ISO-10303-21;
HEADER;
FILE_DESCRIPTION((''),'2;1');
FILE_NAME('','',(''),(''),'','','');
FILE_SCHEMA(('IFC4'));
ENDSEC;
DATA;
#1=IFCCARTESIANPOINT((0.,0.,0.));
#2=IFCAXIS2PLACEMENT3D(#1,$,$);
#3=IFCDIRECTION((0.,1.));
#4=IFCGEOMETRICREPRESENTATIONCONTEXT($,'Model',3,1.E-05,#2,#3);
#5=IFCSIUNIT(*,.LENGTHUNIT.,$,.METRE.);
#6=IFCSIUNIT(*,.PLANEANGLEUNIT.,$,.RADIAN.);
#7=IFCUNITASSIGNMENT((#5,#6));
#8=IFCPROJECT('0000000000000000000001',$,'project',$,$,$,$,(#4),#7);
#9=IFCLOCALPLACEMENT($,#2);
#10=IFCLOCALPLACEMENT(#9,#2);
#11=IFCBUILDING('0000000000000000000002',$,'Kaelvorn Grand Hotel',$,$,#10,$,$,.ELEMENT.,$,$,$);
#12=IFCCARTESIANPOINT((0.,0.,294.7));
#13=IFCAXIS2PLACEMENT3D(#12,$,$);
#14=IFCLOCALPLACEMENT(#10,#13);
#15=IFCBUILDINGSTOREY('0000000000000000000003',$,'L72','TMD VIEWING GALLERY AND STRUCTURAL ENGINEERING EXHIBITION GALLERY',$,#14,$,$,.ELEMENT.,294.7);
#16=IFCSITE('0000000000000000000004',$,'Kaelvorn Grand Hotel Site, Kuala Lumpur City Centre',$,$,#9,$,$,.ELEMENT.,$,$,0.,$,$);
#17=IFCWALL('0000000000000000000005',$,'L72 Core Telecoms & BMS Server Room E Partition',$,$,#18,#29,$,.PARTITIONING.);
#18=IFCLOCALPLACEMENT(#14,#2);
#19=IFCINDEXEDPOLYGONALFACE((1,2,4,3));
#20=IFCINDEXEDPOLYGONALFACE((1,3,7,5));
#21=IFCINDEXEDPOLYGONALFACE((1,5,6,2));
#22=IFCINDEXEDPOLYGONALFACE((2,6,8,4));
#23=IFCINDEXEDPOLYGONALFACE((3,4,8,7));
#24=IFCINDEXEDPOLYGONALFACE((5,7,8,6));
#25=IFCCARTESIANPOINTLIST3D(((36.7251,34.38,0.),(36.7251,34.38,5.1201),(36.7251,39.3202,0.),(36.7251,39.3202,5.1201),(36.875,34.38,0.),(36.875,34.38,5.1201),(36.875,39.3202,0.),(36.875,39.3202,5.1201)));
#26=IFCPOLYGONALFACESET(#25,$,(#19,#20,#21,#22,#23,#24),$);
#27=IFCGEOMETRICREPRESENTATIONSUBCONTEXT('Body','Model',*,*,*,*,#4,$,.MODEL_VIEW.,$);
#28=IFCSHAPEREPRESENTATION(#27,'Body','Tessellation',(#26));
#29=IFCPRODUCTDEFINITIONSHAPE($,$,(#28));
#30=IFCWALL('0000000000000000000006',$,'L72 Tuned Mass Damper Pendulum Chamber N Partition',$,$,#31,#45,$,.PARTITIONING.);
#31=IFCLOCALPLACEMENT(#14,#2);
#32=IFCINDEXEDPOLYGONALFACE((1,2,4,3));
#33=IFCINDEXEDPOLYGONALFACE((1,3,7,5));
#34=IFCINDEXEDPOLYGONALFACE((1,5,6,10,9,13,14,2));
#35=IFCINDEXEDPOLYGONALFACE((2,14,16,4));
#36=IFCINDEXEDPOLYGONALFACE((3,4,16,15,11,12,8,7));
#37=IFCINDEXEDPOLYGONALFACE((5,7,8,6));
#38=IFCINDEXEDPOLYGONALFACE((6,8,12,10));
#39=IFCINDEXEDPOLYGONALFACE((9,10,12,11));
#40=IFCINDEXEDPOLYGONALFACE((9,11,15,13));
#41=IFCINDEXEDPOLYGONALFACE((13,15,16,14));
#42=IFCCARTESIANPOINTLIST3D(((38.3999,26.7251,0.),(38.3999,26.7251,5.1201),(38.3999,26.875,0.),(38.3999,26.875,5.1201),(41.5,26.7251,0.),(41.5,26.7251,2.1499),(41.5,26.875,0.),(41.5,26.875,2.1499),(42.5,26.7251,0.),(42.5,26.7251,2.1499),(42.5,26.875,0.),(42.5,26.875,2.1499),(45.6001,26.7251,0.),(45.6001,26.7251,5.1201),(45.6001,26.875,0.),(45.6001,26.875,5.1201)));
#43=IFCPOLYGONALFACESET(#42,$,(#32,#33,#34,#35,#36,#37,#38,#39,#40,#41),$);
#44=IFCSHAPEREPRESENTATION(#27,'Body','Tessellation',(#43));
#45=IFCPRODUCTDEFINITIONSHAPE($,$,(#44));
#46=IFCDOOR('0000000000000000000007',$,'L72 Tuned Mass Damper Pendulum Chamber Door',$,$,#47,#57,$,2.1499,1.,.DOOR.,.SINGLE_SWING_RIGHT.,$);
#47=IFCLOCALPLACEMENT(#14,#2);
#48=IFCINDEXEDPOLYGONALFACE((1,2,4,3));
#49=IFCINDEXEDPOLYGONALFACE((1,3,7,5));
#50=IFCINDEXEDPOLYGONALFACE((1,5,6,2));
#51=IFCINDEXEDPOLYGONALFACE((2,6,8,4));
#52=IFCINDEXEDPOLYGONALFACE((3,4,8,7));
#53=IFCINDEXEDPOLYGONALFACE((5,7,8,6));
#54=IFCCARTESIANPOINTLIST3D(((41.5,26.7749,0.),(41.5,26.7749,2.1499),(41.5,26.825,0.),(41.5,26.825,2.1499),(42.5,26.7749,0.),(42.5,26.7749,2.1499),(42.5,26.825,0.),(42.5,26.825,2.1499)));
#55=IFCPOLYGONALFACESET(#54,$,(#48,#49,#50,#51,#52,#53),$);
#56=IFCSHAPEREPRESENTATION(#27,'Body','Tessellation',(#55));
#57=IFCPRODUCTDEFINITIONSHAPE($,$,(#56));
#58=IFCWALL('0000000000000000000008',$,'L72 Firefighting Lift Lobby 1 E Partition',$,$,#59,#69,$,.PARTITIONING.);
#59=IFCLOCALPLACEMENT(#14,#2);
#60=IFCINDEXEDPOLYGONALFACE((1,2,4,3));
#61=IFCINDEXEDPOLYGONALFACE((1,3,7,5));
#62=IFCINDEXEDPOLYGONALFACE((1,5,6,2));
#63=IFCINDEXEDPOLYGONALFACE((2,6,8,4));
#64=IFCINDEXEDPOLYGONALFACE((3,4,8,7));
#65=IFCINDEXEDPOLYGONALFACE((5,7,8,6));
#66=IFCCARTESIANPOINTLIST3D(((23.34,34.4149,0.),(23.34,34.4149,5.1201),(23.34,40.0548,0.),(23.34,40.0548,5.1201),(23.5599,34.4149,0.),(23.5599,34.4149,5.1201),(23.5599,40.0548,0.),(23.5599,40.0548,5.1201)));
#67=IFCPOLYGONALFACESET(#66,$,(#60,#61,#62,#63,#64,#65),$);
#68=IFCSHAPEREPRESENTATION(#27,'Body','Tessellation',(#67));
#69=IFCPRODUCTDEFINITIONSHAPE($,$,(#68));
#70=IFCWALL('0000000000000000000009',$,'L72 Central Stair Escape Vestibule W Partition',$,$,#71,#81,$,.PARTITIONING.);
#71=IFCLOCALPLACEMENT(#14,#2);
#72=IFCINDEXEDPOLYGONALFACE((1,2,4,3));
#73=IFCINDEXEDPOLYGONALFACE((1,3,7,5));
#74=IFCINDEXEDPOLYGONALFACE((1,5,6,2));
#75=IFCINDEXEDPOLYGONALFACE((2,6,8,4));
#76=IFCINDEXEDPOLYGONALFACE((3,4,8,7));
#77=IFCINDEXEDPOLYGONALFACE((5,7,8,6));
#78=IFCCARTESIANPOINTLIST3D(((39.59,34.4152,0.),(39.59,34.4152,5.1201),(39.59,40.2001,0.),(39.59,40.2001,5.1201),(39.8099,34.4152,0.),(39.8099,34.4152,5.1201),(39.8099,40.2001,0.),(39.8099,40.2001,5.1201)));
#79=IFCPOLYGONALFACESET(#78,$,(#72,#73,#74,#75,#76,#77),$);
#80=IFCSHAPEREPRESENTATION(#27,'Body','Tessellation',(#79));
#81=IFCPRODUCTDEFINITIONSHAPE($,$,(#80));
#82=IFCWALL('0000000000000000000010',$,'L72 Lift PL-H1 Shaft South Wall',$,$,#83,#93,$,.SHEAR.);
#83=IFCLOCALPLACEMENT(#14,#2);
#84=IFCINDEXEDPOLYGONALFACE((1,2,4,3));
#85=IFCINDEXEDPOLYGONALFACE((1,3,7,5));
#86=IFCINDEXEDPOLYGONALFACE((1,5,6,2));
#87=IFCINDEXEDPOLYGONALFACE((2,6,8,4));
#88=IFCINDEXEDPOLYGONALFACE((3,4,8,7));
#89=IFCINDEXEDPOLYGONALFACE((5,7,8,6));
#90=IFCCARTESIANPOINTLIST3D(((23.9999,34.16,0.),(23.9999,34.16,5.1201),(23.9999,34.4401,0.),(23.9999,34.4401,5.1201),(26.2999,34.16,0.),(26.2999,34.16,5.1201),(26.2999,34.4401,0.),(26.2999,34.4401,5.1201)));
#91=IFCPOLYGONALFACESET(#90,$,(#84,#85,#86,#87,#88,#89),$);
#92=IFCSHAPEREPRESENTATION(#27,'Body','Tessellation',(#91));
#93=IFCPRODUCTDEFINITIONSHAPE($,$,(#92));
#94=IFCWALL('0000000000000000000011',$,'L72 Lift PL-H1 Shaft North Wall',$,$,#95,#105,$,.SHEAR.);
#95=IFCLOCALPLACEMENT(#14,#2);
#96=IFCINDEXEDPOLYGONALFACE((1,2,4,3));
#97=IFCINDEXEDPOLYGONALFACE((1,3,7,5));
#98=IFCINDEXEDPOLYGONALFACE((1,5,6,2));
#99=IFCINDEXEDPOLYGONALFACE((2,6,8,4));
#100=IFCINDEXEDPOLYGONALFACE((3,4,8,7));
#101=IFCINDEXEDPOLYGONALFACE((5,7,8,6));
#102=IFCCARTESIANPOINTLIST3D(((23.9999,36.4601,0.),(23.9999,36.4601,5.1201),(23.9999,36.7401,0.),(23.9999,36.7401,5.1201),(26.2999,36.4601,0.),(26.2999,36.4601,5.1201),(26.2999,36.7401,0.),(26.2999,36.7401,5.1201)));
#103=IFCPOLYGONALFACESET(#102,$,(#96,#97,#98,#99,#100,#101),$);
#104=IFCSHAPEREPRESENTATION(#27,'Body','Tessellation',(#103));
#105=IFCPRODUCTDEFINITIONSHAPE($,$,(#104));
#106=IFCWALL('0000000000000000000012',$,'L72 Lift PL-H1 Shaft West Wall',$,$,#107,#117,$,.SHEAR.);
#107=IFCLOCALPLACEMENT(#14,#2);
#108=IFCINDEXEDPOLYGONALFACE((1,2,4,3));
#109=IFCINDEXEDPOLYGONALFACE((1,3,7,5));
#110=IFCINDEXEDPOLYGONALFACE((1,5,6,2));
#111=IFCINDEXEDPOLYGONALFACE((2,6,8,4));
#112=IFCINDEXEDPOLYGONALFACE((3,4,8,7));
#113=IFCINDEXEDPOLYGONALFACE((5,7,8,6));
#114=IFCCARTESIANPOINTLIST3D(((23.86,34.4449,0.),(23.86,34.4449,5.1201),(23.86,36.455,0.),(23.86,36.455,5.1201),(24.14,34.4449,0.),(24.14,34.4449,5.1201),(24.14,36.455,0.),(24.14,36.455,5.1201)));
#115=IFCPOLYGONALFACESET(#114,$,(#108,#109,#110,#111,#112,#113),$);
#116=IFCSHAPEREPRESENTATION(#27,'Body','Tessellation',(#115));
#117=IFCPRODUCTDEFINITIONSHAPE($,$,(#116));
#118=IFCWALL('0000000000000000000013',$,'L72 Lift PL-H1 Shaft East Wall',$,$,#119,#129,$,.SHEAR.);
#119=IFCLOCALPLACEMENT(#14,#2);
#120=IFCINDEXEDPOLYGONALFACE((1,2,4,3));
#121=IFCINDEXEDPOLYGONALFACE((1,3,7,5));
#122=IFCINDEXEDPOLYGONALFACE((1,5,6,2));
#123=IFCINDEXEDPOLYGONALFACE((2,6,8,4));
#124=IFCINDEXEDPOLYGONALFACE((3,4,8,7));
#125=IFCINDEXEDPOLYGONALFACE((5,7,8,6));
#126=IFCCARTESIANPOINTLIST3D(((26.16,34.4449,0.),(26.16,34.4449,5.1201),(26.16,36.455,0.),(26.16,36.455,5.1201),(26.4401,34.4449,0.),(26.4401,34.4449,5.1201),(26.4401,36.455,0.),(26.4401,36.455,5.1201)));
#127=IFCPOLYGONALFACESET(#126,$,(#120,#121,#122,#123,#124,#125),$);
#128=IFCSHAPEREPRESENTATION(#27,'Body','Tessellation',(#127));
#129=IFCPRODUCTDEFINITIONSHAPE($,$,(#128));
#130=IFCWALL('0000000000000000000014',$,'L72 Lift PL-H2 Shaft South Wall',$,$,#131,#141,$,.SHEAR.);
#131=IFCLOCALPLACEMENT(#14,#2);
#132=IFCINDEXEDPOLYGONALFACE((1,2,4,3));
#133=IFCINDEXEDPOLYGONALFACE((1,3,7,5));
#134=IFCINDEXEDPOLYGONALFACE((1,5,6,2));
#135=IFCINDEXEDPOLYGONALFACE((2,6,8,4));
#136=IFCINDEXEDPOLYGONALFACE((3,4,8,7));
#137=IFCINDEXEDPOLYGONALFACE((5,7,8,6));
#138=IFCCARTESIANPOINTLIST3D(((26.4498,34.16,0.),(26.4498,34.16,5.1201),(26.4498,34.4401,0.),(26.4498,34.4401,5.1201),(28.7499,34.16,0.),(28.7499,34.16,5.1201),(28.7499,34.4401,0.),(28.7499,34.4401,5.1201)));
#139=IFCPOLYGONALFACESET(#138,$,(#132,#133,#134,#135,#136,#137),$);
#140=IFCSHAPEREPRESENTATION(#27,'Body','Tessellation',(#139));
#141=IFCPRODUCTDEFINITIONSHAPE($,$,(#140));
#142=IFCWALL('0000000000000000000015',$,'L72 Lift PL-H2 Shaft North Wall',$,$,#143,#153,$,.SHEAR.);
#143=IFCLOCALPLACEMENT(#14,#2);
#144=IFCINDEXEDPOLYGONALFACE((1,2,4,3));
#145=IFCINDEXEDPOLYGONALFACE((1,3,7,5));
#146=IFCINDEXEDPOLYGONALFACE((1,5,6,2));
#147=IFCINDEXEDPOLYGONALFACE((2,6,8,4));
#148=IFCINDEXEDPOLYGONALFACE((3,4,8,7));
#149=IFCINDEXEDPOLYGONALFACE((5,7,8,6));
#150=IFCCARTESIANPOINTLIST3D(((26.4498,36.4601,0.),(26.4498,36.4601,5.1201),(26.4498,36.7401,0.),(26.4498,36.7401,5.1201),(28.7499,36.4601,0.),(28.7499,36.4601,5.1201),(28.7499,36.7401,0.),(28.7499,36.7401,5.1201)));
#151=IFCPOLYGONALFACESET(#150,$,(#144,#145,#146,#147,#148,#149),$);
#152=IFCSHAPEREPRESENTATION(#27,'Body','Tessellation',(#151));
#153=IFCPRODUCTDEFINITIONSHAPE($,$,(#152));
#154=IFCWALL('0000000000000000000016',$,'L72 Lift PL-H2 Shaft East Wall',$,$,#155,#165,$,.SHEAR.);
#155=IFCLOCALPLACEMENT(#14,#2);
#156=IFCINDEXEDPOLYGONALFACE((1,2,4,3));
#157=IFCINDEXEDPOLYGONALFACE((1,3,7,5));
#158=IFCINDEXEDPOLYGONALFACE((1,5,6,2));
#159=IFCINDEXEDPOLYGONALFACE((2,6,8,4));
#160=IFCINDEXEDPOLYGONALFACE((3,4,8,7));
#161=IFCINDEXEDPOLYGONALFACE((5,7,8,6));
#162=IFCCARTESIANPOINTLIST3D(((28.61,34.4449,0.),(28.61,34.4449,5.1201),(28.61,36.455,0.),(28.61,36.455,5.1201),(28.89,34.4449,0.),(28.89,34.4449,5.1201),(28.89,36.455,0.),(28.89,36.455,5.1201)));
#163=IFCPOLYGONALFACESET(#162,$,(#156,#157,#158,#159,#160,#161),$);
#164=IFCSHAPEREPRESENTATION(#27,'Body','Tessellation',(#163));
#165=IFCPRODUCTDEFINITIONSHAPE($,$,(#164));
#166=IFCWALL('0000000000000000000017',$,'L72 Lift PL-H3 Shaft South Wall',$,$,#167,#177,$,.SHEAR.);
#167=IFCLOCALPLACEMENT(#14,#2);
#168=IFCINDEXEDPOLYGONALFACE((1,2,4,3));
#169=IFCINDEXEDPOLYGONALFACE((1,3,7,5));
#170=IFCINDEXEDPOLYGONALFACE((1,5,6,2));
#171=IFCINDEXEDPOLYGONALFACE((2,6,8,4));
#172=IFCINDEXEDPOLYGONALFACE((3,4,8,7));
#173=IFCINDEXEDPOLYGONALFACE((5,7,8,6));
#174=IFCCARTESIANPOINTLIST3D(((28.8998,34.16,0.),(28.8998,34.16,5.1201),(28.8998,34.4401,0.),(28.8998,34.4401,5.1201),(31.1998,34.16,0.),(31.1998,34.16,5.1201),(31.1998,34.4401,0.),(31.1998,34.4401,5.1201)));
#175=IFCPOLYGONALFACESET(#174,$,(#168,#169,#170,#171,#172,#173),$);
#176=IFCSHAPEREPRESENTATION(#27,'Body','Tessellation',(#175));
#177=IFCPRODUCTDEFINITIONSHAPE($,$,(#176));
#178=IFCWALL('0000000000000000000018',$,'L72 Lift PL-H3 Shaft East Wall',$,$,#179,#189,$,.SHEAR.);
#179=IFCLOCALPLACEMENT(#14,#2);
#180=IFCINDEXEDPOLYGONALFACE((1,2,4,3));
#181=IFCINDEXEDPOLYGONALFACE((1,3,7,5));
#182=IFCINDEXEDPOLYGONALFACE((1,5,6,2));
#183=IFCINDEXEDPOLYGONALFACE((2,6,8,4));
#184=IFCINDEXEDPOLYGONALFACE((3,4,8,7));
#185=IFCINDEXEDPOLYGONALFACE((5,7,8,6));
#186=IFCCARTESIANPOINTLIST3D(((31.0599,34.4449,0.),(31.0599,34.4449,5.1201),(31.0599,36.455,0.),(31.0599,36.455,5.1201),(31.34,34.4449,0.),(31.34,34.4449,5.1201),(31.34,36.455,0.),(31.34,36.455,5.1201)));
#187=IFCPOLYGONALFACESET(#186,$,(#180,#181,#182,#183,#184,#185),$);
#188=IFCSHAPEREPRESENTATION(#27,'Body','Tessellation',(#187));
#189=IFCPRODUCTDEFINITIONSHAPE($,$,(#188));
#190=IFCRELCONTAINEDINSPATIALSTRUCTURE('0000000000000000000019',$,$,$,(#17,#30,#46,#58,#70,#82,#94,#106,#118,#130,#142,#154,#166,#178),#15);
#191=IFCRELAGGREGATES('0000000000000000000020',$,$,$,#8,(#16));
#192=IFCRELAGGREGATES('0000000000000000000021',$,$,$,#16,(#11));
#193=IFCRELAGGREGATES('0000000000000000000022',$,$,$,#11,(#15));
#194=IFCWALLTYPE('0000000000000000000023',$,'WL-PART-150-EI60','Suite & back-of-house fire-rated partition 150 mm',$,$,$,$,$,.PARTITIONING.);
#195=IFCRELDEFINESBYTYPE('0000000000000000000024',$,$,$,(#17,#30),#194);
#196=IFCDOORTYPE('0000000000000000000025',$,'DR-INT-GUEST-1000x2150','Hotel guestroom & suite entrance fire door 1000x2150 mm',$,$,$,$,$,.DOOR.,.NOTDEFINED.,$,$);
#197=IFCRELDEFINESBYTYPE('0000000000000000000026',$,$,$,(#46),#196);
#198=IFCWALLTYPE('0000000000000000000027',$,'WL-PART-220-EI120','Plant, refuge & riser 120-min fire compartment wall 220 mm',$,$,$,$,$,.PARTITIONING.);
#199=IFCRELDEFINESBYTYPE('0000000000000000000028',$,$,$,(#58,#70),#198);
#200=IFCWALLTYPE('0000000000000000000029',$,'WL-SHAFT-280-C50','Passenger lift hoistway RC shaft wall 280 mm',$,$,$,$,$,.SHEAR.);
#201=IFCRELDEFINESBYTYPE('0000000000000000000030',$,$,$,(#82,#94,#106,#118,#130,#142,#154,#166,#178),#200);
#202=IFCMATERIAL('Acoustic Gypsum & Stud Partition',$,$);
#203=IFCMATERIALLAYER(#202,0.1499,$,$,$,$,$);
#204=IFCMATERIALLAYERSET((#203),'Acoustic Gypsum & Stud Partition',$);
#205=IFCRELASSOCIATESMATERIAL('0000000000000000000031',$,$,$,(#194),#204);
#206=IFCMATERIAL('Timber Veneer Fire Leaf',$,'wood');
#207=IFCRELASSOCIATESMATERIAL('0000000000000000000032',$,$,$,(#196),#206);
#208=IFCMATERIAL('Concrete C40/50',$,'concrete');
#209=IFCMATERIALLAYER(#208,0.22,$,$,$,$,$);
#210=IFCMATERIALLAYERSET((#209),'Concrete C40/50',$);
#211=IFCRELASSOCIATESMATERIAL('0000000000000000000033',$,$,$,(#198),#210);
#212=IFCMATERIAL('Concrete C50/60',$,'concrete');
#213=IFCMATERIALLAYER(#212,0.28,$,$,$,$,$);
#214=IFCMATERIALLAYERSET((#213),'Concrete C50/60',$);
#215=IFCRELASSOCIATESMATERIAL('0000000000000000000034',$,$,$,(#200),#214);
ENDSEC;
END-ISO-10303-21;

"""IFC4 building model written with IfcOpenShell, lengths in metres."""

from ifc_helpers import new_model, si_unit, direction, frame, frame_2d, origin, place, context, subcontext, project, spatial, rectangle, extrude, material, layer, layer_set, type_object, element, fill, save


model = new_model("IFC4")

# Units and contexts
model_context = context("Model", 3, precision=1e-05, world=origin(), true_north=direction((0.0, 1.0)))
body_context = subcontext(model_context, "Body", "Model", "MODEL_VIEW")
ifc_project = project(units=[si_unit("LENGTHUNIT", "METRE"), si_unit("PLANEANGLEUNIT", "RADIAN")], contexts=[model_context])

# Site, building, storey
site_placement = place(None, origin())
site = spatial("IfcSite", under=ifc_project, at=site_placement, Name="Kaelvorn Grand Hotel Site, Kuala Lumpur City Centre", CompositionType="ELEMENT", RefElevation=0.0)
building_placement = place(site_placement, origin())
building = spatial("IfcBuilding", under=site, at=building_placement, Name="Kaelvorn Grand Hotel", CompositionType="ELEMENT")
storey_placement = place(building_placement, frame((0.0, 0.0, 294.7)))
storey = spatial("IfcBuildingStorey", under=building, at=storey_placement, Name="L72", Description="TMD VIEWING GALLERY AND STRUCTURAL ENGINEERING EXHIBITION GALLERY", CompositionType="ELEMENT", Elevation=294.7)

# Shared definitions
ifc_material_1 = material(Name="Concrete C50/60", Category="concrete")

# Shared definitions
ifc_material_2 = material(Name="Acoustic Gypsum & Stud Partition")
ifc_layer_1 = layer(ifc_material_2, 0.1499)
ifc_layer_set_1 = layer_set([ifc_layer_1], Name="Acoustic Gypsum & Stud Partition")
wall_type_1 = type_object("IfcWallType", Name="WL-PART-150-EI60", Description="Suite & back-of-house fire-rated partition 150 mm", PredefinedType="PARTITIONING", material=ifc_layer_set_1)

# Wall
for number, where, z_axis, x_axis, name in (
    (1, (36.8, 34.3799, 0.0), (0.0, 0.0, 1.0), (0.0, 1.0, 0.0), "L72 Core Telecoms & BMS Server Room E Partition"),
):
    element("IfcWall", number, at=place(storey_placement, frame(where, z_axis=z_axis, x_axis=x_axis)), inside=storey, type_object=wall_type_1, Name=name, PredefinedType="PARTITIONING", context=body_context, shape_type="SweptSolid", body=[
        extrude(rectangle(XDim=4.9402, YDim=0.1499, at=frame_2d((2.4702, 0.0))), origin(), (0.0, 0.0, 1.0), 5.1201),
    ])

# Wall, opening, door
wall_1_placement = place(storey_placement, frame((38.3999, 26.8, 0.0), z_axis=(0.0, 0.0, 1.0), x_axis=(1.0, 0.0, 0.0)))
wall_1 = element("IfcWall", 2, at=wall_1_placement, inside=storey, type_object=wall_type_1, Name="L72 Tuned Mass Damper Pendulum Chamber N Partition", PredefinedType="PARTITIONING", context=body_context, shape_type="SweptSolid", body=[
    extrude(rectangle(XDim=7.2002, YDim=0.1499, at=frame_2d((3.6001, 0.0))), origin(), (0.0, 0.0, 1.0), 5.1201),
])
opening_1_placement = place(wall_1_placement, frame((3.1001, 0.0, 0.0)))
opening_1 = element("IfcOpeningElement", 3, at=opening_1_placement, cuts=wall_1, PredefinedType="OPENING", context=body_context, shape_type="SweptSolid", body=[
    extrude(rectangle(XDim=1.0, YDim=2.1499, at=frame_2d((0.5, 1.075))), frame((0.0, 0.085, 0.0), z_axis=(0.0, -1.0, 0.0), x_axis=(1.0, 0.0, 0.0)), (0.0, 0.0, 1.0), 0.1699),
])
ifc_material_3 = material(Name="Timber Veneer Fire Leaf", Category="wood")
door_type_1 = type_object("IfcDoorType", Name="DR-INT-GUEST-1000x2150", Description="Hotel guestroom & suite entrance fire door 1000x2150 mm", OperationType="NOTDEFINED", PredefinedType="DOOR", material=ifc_material_3)
door_1_placement = place(opening_1_placement, origin())
door_1 = element("IfcDoor", 4, at=door_1_placement, inside=storey, type_object=door_type_1, Name="L72 Tuned Mass Damper Pendulum Chamber Door", OperationType="SINGLE_SWING_RIGHT", OverallHeight=2.1499, OverallWidth=1.0, PredefinedType="DOOR", context=body_context, shape_type="SweptSolid", body=[
    extrude(rectangle(XDim=1.0, YDim=2.1499, at=frame_2d((0.5, 1.075))), frame((0.0, 0.0249, 0.0), z_axis=(0.0, -1.0, 0.0), x_axis=(1.0, 0.0, 0.0)), (0.0, 0.0, 1.0), 0.05),
])
fill(opening_1, door_1)

# Wall
ifc_material_4 = material(Name="Concrete C40/50", Category="concrete")
ifc_layer_2 = layer(ifc_material_4, 0.22)
ifc_layer_set_2 = layer_set([ifc_layer_2], Name="Concrete C40/50")
wall_type_2 = type_object("IfcWallType", Name="WL-PART-220-EI120", Description="Plant, refuge & riser 120-min fire compartment wall 220 mm", PredefinedType="PARTITIONING", material=ifc_layer_set_2)
wall_2_placement = place(storey_placement, frame((23.45, 34.415, 0.0), z_axis=(0.0, 0.0, 1.0), x_axis=(0.0, 1.0, 0.0)))
element("IfcWall", 5, at=wall_2_placement, inside=storey, type_object=wall_type_2, Name="L72 Firefighting Lift Lobby 1 E Partition", PredefinedType="PARTITIONING", context=body_context, shape_type="SweptSolid", body=[
    extrude(rectangle(XDim=5.6399, YDim=0.22, at=frame_2d((2.8198, 0.0))), origin(), (0.0, 0.0, 1.0), 5.1201),
])

# Walls
wall_3_placement = place(storey_placement, frame((39.7, 34.415, 0.0), z_axis=(0.0, 0.0, 1.0), x_axis=(0.0, 1.0, 0.0)))
element("IfcWall", 6, at=wall_3_placement, inside=storey, type_object=wall_type_2, Name="L72 Central Stair Escape Vestibule W Partition", PredefinedType="PARTITIONING", context=body_context, shape_type="SweptSolid", body=[
    extrude(rectangle(XDim=5.7849, YDim=0.22, at=frame_2d((2.8926, 0.0))), origin(), (0.0, 0.0, 1.0), 5.1201),
])
ifc_layer_3 = layer(ifc_material_1, 0.28)
ifc_layer_set_3 = layer_set([ifc_layer_3], Name="Concrete C50/60")
wall_type_3 = type_object("IfcWallType", Name="WL-SHAFT-280-C50", Description="Passenger lift hoistway RC shaft wall 280 mm", PredefinedType="SHEAR", material=ifc_layer_set_3)
for number, where, z_axis, x_axis, name in (
    (7, (24.0, 34.3, 0.0), (0.0, 0.0, 1.0), (1.0, 0.0, 0.0), "L72 Lift PL-H1 Shaft South Wall"),
    (8, (24.0, 36.6001, 0.0), (0.0, 0.0, 1.0), (1.0, 0.0, 0.0), "L72 Lift PL-H1 Shaft North Wall"),
):
    element("IfcWall", number, at=place(storey_placement, frame(where, z_axis=z_axis, x_axis=x_axis)), inside=storey, type_object=wall_type_3, Name=name, PredefinedType="SHEAR", context=body_context, shape_type="SweptSolid", body=[
        extrude(rectangle(XDim=2.3, YDim=0.28, at=frame_2d((1.1499, 0.0))), origin(), (0.0, 0.0, 1.0), 5.1201),
    ])
for number, where, z_axis, x_axis, name in (
    (9, (24.0, 34.4451, 0.0), (0.0, 0.0, 1.0), (0.0, 1.0, 0.0), "L72 Lift PL-H1 Shaft West Wall"),
    (10, (26.3, 34.4451, 0.0), (0.0, 0.0, 1.0), (0.0, 1.0, 0.0), "L72 Lift PL-H1 Shaft East Wall"),
):
    element("IfcWall", number, at=place(storey_placement, frame(where, z_axis=z_axis, x_axis=x_axis)), inside=storey, type_object=wall_type_3, Name=name, PredefinedType="SHEAR", context=body_context, shape_type="SweptSolid", body=[
        extrude(rectangle(XDim=2.01, YDim=0.28, at=frame_2d((1.0049, 0.0))), origin(), (0.0, 0.0, 1.0), 5.1201),
    ])
for number, where, z_axis, x_axis, name in (
    (11, (26.45, 34.3, 0.0), (0.0, 0.0, 1.0), (1.0, 0.0, 0.0), "L72 Lift PL-H2 Shaft South Wall"),
    (12, (26.45, 36.6001, 0.0), (0.0, 0.0, 1.0), (1.0, 0.0, 0.0), "L72 Lift PL-H2 Shaft North Wall"),
):
    element("IfcWall", number, at=place(storey_placement, frame(where, z_axis=z_axis, x_axis=x_axis)), inside=storey, type_object=wall_type_3, Name=name, PredefinedType="SHEAR", context=body_context, shape_type="SweptSolid", body=[
        extrude(rectangle(XDim=2.3, YDim=0.28, at=frame_2d((1.1499, 0.0))), origin(), (0.0, 0.0, 1.0), 5.1201),
    ])
wall_4_placement = place(storey_placement, frame((28.75, 34.4451, 0.0), z_axis=(0.0, 0.0, 1.0), x_axis=(0.0, 1.0, 0.0)))
element("IfcWall", 13, at=wall_4_placement, inside=storey, type_object=wall_type_3, Name="L72 Lift PL-H2 Shaft East Wall", PredefinedType="SHEAR", context=body_context, shape_type="SweptSolid", body=[
    extrude(rectangle(XDim=2.01, YDim=0.28, at=frame_2d((1.0049, 0.0))), origin(), (0.0, 0.0, 1.0), 5.1201),
])
wall_5_placement = place(storey_placement, frame((28.8999, 34.3, 0.0), z_axis=(0.0, 0.0, 1.0), x_axis=(1.0, 0.0, 0.0)))
element("IfcWall", 14, at=wall_5_placement, inside=storey, type_object=wall_type_3, Name="L72 Lift PL-H3 Shaft South Wall", PredefinedType="SHEAR", context=body_context, shape_type="SweptSolid", body=[
    extrude(rectangle(XDim=2.3, YDim=0.28, at=frame_2d((1.1499, 0.0))), origin(), (0.0, 0.0, 1.0), 5.1201),
])
wall_6_placement = place(storey_placement, frame((31.2, 34.4451, 0.0), z_axis=(0.0, 0.0, 1.0), x_axis=(0.0, 1.0, 0.0)))
element("IfcWall", 15, at=wall_6_placement, inside=storey, type_object=wall_type_3, Name="L72 Lift PL-H3 Shaft East Wall", PredefinedType="SHEAR", context=body_context, shape_type="SweptSolid", body=[
    extrude(rectangle(XDim=2.01, YDim=0.28, at=frame_2d((1.0049, 0.0))), origin(), (0.0, 0.0, 1.0), 5.1201),
])

save(model, "model.ifc")
